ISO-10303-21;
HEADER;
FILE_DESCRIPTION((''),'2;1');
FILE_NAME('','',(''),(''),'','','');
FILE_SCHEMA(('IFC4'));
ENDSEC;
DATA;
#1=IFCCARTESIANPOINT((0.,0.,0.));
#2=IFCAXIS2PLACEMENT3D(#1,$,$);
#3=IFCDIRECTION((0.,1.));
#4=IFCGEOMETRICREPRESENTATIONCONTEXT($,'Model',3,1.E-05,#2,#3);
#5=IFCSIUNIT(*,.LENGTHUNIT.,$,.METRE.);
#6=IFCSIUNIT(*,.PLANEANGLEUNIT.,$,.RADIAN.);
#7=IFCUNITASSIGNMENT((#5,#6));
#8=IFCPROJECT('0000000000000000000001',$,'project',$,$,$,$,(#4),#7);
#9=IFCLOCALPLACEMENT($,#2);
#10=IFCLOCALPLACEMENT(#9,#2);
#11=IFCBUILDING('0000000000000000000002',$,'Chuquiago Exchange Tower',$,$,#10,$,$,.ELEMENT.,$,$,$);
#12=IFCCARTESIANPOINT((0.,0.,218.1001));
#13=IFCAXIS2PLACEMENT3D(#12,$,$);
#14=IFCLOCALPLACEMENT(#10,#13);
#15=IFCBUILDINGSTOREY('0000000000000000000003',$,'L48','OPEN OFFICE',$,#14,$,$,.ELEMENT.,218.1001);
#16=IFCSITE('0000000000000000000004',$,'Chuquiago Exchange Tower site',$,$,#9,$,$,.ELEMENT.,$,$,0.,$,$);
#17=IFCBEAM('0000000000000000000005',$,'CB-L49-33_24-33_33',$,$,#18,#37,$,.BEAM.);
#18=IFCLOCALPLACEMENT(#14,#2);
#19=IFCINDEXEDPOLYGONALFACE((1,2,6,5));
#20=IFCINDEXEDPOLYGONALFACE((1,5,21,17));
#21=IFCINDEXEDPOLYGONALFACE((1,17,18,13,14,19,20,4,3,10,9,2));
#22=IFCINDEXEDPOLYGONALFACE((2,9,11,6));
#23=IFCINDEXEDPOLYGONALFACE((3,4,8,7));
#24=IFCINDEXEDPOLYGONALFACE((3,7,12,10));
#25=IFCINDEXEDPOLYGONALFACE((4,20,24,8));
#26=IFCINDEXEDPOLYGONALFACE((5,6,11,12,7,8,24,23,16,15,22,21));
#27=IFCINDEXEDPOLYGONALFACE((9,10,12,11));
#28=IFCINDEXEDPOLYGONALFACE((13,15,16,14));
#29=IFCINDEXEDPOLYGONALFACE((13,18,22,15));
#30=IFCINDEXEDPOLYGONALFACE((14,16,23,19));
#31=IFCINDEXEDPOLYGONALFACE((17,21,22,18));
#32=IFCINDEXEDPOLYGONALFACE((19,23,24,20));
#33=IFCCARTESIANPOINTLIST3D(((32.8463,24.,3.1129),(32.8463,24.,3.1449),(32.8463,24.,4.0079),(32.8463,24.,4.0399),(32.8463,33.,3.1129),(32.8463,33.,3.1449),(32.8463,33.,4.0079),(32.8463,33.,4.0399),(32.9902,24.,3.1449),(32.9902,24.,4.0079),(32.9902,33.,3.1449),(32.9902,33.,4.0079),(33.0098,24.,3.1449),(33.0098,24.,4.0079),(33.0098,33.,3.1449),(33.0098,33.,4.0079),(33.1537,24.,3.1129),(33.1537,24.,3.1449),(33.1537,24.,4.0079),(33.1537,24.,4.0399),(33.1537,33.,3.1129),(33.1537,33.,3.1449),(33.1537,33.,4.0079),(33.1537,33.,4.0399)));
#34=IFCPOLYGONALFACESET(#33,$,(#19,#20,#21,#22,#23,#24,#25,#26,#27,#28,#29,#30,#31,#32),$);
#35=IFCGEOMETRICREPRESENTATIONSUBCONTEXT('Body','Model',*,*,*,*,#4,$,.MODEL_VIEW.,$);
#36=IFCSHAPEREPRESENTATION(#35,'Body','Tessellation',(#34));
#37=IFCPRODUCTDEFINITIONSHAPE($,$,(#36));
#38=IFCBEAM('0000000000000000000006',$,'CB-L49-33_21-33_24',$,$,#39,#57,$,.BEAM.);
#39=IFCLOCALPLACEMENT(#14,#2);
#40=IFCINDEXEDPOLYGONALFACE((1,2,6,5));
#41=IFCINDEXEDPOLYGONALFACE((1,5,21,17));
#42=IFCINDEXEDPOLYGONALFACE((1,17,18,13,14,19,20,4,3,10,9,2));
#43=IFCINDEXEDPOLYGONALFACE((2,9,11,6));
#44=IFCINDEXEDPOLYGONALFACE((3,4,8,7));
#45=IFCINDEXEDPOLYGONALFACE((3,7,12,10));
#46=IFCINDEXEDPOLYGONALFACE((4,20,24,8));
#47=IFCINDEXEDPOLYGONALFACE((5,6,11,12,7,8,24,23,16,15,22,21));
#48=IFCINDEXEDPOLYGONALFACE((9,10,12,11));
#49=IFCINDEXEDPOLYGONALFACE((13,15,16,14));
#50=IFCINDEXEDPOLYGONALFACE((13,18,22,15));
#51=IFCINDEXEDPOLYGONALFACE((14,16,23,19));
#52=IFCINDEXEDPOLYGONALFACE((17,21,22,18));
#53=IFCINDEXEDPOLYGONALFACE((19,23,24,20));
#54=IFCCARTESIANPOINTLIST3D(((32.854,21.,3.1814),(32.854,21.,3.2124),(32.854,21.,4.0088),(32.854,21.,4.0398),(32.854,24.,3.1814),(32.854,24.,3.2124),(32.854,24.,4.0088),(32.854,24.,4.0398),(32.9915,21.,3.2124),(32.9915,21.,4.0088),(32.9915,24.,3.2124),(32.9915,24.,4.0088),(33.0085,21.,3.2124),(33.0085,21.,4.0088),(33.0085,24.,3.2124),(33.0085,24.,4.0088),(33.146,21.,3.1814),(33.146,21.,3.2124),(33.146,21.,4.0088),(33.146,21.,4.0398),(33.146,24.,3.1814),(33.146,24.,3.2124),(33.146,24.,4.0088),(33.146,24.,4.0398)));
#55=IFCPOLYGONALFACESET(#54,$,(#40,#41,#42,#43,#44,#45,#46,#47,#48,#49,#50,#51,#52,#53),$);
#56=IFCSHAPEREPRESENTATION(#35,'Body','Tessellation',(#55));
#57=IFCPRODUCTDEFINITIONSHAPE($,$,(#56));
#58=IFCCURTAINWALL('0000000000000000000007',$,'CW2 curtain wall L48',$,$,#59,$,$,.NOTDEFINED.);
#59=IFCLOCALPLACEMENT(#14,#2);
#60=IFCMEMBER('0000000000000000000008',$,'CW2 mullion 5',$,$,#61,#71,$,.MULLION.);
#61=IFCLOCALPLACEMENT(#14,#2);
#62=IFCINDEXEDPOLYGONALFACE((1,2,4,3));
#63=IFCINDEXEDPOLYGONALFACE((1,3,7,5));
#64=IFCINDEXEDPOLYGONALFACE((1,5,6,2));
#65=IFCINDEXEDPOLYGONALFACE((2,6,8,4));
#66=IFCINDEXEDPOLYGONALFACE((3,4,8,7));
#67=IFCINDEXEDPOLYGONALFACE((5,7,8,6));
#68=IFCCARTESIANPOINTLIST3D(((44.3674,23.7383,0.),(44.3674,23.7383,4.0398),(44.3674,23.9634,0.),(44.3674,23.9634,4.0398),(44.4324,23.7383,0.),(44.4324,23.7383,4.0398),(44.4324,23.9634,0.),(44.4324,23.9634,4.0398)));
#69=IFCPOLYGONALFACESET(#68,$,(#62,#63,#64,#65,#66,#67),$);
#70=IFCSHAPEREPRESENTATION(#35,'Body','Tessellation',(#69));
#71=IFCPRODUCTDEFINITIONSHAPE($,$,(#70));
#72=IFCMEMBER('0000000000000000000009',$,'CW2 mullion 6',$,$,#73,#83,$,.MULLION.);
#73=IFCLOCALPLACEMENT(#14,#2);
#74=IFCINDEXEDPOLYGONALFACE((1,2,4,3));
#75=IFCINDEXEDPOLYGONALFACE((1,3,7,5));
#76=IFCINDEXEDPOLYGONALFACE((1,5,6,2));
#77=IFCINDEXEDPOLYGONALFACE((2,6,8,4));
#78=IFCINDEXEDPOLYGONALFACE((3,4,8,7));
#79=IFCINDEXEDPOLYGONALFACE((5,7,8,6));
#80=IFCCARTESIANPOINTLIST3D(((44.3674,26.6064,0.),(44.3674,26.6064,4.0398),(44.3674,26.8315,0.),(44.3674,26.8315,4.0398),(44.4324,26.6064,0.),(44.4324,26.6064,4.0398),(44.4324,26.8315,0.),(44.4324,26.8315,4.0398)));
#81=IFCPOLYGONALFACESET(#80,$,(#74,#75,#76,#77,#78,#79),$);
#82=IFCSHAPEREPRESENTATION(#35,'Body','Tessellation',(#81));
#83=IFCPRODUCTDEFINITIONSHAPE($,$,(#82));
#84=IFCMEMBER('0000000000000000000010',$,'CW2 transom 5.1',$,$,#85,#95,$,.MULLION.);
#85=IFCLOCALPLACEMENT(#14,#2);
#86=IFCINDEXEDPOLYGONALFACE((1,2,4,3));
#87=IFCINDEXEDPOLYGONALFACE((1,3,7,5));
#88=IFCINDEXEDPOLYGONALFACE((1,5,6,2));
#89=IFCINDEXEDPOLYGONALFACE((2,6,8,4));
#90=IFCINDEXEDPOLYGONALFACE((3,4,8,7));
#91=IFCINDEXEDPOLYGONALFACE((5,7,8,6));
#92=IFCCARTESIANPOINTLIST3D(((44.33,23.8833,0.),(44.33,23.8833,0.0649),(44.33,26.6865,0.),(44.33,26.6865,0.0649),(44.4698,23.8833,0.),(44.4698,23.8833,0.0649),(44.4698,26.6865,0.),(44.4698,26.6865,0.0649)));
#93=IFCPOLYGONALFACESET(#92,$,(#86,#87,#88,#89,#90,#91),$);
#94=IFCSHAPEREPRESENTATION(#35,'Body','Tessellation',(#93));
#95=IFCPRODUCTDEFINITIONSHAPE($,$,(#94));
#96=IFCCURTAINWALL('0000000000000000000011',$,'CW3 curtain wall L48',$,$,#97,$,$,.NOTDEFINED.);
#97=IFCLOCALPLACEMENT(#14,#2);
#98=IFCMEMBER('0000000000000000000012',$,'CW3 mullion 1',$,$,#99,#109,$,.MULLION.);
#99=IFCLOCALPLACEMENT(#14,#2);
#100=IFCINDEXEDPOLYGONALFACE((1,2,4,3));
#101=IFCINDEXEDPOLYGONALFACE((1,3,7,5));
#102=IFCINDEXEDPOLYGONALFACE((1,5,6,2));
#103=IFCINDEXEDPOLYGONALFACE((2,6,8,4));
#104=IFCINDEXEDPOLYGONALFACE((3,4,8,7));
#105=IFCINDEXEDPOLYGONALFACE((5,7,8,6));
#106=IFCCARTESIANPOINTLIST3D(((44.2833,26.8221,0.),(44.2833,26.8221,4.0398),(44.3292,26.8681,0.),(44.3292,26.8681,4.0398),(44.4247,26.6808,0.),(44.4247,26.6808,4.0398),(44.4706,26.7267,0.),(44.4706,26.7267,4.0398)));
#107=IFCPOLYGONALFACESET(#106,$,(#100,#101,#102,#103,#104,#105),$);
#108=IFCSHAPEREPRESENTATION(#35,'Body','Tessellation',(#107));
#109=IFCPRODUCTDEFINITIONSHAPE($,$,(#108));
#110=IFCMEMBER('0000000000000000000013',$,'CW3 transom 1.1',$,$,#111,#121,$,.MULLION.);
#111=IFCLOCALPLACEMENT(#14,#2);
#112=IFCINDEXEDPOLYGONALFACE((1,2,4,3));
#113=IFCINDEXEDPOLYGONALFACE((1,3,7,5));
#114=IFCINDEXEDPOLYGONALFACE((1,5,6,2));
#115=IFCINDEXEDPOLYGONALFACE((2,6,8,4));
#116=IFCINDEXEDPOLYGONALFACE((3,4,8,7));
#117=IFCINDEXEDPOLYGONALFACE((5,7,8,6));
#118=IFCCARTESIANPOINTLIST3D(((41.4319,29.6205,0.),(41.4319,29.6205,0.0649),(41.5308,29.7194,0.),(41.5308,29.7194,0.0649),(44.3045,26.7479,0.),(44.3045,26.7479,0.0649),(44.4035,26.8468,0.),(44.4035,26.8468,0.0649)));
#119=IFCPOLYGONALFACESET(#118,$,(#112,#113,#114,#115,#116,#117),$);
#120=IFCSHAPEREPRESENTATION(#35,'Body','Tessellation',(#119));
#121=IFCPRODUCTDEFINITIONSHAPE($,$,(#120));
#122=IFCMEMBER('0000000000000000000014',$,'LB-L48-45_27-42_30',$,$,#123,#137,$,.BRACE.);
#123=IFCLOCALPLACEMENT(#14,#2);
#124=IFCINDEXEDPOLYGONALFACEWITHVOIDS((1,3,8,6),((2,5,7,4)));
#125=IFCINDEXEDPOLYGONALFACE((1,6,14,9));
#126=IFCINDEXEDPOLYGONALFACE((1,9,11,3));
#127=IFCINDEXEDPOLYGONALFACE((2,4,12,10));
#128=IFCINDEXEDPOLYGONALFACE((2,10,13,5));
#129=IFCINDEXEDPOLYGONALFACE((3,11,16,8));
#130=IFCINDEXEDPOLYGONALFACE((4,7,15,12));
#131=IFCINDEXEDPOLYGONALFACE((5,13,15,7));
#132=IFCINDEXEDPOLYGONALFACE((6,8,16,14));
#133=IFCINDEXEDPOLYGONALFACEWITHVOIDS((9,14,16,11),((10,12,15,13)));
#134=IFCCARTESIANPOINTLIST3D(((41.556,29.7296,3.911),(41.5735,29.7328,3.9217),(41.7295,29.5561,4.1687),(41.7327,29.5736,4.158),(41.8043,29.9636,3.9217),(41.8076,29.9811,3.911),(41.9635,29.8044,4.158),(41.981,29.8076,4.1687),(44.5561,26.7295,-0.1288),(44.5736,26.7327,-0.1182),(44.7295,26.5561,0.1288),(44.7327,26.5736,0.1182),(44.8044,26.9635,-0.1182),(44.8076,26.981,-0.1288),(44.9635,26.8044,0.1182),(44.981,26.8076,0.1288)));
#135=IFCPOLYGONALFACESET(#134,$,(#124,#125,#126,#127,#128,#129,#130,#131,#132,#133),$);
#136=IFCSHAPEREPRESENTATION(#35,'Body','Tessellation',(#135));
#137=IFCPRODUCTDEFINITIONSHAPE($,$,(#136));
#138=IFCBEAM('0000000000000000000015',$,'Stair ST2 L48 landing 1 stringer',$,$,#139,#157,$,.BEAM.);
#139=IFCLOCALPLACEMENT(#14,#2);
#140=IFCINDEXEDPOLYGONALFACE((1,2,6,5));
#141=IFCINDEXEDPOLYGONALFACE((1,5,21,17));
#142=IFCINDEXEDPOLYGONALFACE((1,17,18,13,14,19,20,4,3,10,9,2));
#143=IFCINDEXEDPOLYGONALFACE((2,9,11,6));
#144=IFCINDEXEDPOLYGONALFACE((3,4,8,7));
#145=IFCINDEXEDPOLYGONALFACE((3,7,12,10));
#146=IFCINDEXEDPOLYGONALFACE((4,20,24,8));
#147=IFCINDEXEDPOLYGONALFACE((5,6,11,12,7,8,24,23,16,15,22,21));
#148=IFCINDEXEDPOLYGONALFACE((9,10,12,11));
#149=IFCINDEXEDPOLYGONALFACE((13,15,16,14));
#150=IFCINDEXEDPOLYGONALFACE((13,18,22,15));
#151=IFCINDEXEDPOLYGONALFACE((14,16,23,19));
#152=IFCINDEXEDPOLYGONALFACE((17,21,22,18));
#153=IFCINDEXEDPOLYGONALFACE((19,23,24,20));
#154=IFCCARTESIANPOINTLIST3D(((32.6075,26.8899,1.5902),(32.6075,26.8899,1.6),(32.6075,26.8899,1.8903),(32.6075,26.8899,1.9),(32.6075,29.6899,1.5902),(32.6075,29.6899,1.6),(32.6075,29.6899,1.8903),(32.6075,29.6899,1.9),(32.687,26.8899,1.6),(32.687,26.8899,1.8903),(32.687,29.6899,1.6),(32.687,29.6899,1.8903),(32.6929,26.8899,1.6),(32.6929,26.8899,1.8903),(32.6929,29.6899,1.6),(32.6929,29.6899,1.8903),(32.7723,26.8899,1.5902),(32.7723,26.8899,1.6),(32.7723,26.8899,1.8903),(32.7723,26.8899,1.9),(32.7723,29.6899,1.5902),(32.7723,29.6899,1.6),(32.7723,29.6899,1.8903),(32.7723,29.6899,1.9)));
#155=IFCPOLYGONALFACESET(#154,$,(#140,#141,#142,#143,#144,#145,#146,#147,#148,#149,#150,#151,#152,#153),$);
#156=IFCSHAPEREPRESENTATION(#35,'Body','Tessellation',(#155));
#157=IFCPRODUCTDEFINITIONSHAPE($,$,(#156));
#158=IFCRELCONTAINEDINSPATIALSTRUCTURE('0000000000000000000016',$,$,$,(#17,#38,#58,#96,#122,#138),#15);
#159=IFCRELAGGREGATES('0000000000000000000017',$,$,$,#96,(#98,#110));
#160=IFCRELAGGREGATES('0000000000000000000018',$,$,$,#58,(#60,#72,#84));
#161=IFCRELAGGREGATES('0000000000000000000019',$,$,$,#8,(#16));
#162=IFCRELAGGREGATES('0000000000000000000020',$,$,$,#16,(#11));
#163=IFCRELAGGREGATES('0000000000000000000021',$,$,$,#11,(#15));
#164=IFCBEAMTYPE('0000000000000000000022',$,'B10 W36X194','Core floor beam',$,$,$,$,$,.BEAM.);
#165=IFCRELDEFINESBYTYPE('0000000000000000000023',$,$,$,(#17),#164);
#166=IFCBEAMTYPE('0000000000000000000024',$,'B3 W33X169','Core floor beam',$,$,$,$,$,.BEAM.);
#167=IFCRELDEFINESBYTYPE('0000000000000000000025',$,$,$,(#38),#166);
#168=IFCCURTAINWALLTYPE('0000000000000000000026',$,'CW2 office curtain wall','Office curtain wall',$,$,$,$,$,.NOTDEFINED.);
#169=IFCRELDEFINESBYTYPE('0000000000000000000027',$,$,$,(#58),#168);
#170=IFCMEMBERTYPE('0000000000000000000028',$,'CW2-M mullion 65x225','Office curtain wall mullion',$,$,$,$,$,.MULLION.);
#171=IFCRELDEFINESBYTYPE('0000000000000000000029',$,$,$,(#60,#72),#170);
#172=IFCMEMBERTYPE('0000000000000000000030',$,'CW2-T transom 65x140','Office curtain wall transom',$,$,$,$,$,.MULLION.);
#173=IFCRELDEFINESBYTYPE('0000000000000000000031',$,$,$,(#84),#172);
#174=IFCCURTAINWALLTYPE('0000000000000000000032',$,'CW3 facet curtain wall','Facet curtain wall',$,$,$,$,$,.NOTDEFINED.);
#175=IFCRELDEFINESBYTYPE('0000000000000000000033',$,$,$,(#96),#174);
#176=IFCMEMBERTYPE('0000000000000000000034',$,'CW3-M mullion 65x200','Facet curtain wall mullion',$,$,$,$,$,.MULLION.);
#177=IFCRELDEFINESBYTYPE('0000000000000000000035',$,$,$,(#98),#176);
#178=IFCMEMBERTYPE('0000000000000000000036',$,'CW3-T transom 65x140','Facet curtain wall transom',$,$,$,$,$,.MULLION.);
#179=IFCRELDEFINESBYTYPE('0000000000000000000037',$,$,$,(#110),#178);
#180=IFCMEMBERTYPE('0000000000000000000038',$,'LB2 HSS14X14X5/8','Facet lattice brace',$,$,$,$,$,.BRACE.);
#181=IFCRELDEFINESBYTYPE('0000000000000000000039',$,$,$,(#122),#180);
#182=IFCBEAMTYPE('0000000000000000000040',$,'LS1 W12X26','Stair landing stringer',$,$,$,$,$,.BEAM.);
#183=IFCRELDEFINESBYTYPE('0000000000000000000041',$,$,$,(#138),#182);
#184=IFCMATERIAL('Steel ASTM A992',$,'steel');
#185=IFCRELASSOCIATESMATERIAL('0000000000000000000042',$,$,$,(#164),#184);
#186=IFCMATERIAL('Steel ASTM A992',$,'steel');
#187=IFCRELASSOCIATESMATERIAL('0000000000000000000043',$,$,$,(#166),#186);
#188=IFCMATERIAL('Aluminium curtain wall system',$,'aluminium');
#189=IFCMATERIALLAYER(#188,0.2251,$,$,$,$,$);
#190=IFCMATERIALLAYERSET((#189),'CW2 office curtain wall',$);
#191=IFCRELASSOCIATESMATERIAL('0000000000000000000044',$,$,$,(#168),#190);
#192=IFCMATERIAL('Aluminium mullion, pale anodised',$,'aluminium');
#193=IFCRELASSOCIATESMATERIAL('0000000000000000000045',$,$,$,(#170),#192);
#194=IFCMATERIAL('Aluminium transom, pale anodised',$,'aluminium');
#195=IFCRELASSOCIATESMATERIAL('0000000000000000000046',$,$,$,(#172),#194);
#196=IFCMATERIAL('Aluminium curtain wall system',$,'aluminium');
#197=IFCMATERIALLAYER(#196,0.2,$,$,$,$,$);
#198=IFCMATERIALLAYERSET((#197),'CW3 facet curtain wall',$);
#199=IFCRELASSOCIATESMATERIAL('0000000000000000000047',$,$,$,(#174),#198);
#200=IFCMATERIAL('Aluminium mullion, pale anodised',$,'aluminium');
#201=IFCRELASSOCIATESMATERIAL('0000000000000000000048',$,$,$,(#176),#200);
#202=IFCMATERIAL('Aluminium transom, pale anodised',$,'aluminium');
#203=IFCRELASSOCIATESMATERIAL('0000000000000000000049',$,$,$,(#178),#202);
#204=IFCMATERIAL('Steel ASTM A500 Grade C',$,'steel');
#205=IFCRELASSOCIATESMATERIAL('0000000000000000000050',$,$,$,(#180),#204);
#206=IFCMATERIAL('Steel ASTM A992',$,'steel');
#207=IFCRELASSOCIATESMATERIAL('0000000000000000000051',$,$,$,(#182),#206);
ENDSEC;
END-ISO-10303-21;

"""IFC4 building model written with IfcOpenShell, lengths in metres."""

from ifc_helpers import new_model, si_unit, direction, frame, origin, origin_2d, place, context, subcontext, project, spatial, rectangle, hollow_rectangle, i_section, extrude, material, layer, layer_set, material_profile, profile_set, type_object, element, aggregate, save


model = new_model("IFC4")

# Units and contexts
model_context = context("Model", 3, precision=1e-05, world=origin(), true_north=direction((0.0, 1.0)))
body_context = subcontext(model_context, "Body", "Model", "MODEL_VIEW")
ifc_project = project(units=[si_unit("LENGTHUNIT", "METRE"), si_unit("PLANEANGLEUNIT", "RADIAN")], contexts=[model_context])

# Site, building, storey
site_placement = place(None, origin())
site = spatial("IfcSite", under=ifc_project, at=site_placement, Name="Chuquiago Exchange Tower site", CompositionType="ELEMENT", RefElevation=0.0)
building_placement = place(site_placement, origin())
building = spatial("IfcBuilding", under=site, at=building_placement, Name="Chuquiago Exchange Tower", CompositionType="ELEMENT")
storey_placement = place(building_placement, frame((0.0, 0.0, 218.1001)))
storey = spatial("IfcBuildingStorey", under=building, at=storey_placement, Name="L48", Description="OPEN OFFICE", CompositionType="ELEMENT", Elevation=218.1001)

# Beams
ifc_material_1 = material(Name="Steel ASTM A992", Category="steel")
ifc_material_profile_1 = material_profile(ifc_material_1, i_section(OverallWidth=0.3074, OverallDepth=0.927, WebThickness=0.0195, FlangeThickness=0.032, at=origin_2d()), Name="W36X194")
ifc_profile_set_1 = profile_set([ifc_material_profile_1], Name="Steel ASTM A992")
beam_type_1 = type_object("IfcBeamType", Name="B10 W36X194", Description="Core floor beam", PredefinedType="BEAM", material=ifc_profile_set_1)
beam_1_placement = place(storey_placement, frame((33.0, 24.0, 3.5764), z_axis=(0.0, 1.0, 0.0), x_axis=(-1.0, 0.0, 0.0)))
element("IfcBeam", 1, at=beam_1_placement, inside=storey, type_object=beam_type_1, Name="CB-L49-33_24-33_33", PredefinedType="BEAM", context=body_context, shape_type="SweptSolid", body=[
    extrude(i_section(OverallWidth=0.3074, OverallDepth=0.927, WebThickness=0.0195, FlangeThickness=0.032, at=origin_2d()), origin(), (0.0, 0.0, 1.0), 9.0),
])
ifc_material_2 = material(Name="Steel ASTM A992", Category="steel")
ifc_material_profile_2 = material_profile(ifc_material_2, i_section(OverallWidth=0.292, OverallDepth=0.8584, WebThickness=0.0171, FlangeThickness=0.031, at=origin_2d()), Name="W33X169")
ifc_profile_set_2 = profile_set([ifc_material_profile_2], Name="Steel ASTM A992")
beam_type_2 = type_object("IfcBeamType", Name="B3 W33X169", Description="Core floor beam", PredefinedType="BEAM", material=ifc_profile_set_2)
beam_2_placement = place(storey_placement, frame((33.0, 21.0, 3.6106), z_axis=(0.0, 1.0, 0.0), x_axis=(-1.0, 0.0, 0.0)))
element("IfcBeam", 2, at=beam_2_placement, inside=storey, type_object=beam_type_2, Name="CB-L49-33_21-33_24", PredefinedType="BEAM", context=body_context, shape_type="SweptSolid", body=[
    extrude(i_section(OverallWidth=0.292, OverallDepth=0.8584, WebThickness=0.0171, FlangeThickness=0.031, at=origin_2d()), origin(), (0.0, 0.0, 1.0), 3.0),
])

# Curtain walls, members
ifc_material_3 = material(Name="Aluminium curtain wall system", Category="aluminium")
ifc_layer_1 = layer(ifc_material_3, 0.2251)
ifc_layer_set_1 = layer_set([ifc_layer_1], Name="CW2 office curtain wall")
curtain_wall_type_1 = type_object("IfcCurtainWallType", Name="CW2 office curtain wall", Description="Office curtain wall", PredefinedType="NOTDEFINED", material=ifc_layer_set_1)
curtain_wall_1_placement = place(storey_placement, origin())
curtain_wall_1 = element("IfcCurtainWall", 3, at=curtain_wall_1_placement, inside=storey, type_object=curtain_wall_type_1, Name="CW2 curtain wall L48", PredefinedType="NOTDEFINED")
ifc_material_4 = material(Name="Aluminium mullion, pale anodised", Category="aluminium")
ifc_material_profile_3 = material_profile(ifc_material_4, rectangle(XDim=0.0649, YDim=0.2251, at=origin_2d()), Name="AL 65x225")
ifc_profile_set_3 = profile_set([ifc_material_profile_3], Name="Aluminium mullion, pale anodised")
member_type_1 = type_object("IfcMemberType", Name="CW2-M mullion 65x225", Description="Office curtain wall mullion", PredefinedType="MULLION", material=ifc_profile_set_3)
member_1_placement = place(storey_placement, frame((44.3999, 23.8508, 0.0), z_axis=(0.0, 0.0, 1.0), x_axis=(-1.0, 0.0, 0.0)))
member_1 = element("IfcMember", 4, at=member_1_placement, type_object=member_type_1, Name="CW2 mullion 5", PredefinedType="MULLION", context=body_context, shape_type="SweptSolid", body=[
    extrude(rectangle(XDim=0.0649, YDim=0.2251, at=origin_2d()), origin(), (0.0, 0.0, 1.0), 4.0398),
])
member_2_placement = place(storey_placement, frame((44.3999, 26.719, 0.0), z_axis=(0.0, 0.0, 1.0), x_axis=(-1.0, 0.0, 0.0)))
member_2 = element("IfcMember", 5, at=member_2_placement, type_object=member_type_1, Name="CW2 mullion 6", PredefinedType="MULLION", context=body_context, shape_type="SweptSolid", body=[
    extrude(rectangle(XDim=0.0649, YDim=0.2251, at=origin_2d()), origin(), (0.0, 0.0, 1.0), 4.0398),
])
ifc_material_5 = material(Name="Aluminium transom, pale anodised", Category="aluminium")
ifc_material_profile_4 = material_profile(ifc_material_5, rectangle(XDim=0.1399, YDim=0.0649, at=origin_2d()), Name="AL 140x65")
ifc_profile_set_4 = profile_set([ifc_material_profile_4], Name="Aluminium transom, pale anodised")
member_type_2 = type_object("IfcMemberType", Name="CW2-T transom 65x140", Description="Office curtain wall transom", PredefinedType="MULLION", material=ifc_profile_set_4)
member_3_placement = place(storey_placement, frame((44.3999, 23.8833, 0.0325), z_axis=(0.0, 1.0, 0.0), x_axis=(-1.0, 0.0, 0.0)))
member_3 = element("IfcMember", 6, at=member_3_placement, type_object=member_type_2, Name="CW2 transom 5.1", PredefinedType="MULLION", context=body_context, shape_type="SweptSolid", body=[
    extrude(rectangle(XDim=0.1399, YDim=0.0649, at=origin_2d()), origin(), (0.0, 0.0, 1.0), 2.8032),
])
ifc_material_6 = material(Name="Aluminium curtain wall system", Category="aluminium")
ifc_layer_2 = layer(ifc_material_6, 0.2)
ifc_layer_set_2 = layer_set([ifc_layer_2], Name="CW3 facet curtain wall")
curtain_wall_type_2 = type_object("IfcCurtainWallType", Name="CW3 facet curtain wall", Description="Facet curtain wall", PredefinedType="NOTDEFINED", material=ifc_layer_set_2)
curtain_wall_2_placement = place(storey_placement, origin())
curtain_wall_2 = element("IfcCurtainWall", 7, at=curtain_wall_2_placement, inside=storey, type_object=curtain_wall_type_2, Name="CW3 curtain wall L48", PredefinedType="NOTDEFINED")
ifc_material_7 = material(Name="Aluminium mullion, pale anodised", Category="aluminium")
ifc_material_profile_5 = material_profile(ifc_material_7, rectangle(XDim=0.0649, YDim=0.2, at=origin_2d()), Name="AL 65x200")
ifc_profile_set_5 = profile_set([ifc_material_profile_5], Name="Aluminium mullion, pale anodised")
member_type_3 = type_object("IfcMemberType", Name="CW3-M mullion 65x200", Description="Facet curtain wall mullion", PredefinedType="MULLION", material=ifc_profile_set_5)
member_4_placement = place(storey_placement, frame((44.377, 26.7744, 0.0), z_axis=(0.0, 0.0, 1.0), x_axis=(-0.707107, -0.707107, 0.0)))
member_4 = element("IfcMember", 8, at=member_4_placement, type_object=member_type_3, Name="CW3 mullion 1", PredefinedType="MULLION", context=body_context, shape_type="SweptSolid", body=[
    extrude(rectangle(XDim=0.0649, YDim=0.2, at=origin_2d()), origin(), (0.0, 0.0, 1.0), 4.0398),
])
ifc_material_8 = material(Name="Aluminium transom, pale anodised", Category="aluminium")
ifc_material_profile_6 = material_profile(ifc_material_8, rectangle(XDim=0.1399, YDim=0.0649, at=origin_2d()), Name="AL 140x65")
ifc_profile_set_6 = profile_set([ifc_material_profile_6], Name="Aluminium transom, pale anodised")
member_type_4 = type_object("IfcMemberType", Name="CW3-T transom 65x140", Description="Facet curtain wall transom", PredefinedType="MULLION", material=ifc_profile_set_6)
member_5_placement = place(storey_placement, frame((44.354, 26.7974, 0.0325), z_axis=(-0.707107, 0.707107, 0.0), x_axis=(-0.707107, -0.707107, 0.0)))
member_5 = element("IfcMember", 9, at=member_5_placement, type_object=member_type_4, Name="CW3 transom 1.1", PredefinedType="MULLION", context=body_context, shape_type="SweptSolid", body=[
    extrude(rectangle(XDim=0.1399, YDim=0.0649, at=origin_2d()), origin(), (0.0, 0.0, 1.0), 4.0625),
])
aggregate(curtain_wall_2, [member_4, member_5])

# Member
ifc_material_9 = material(Name="Steel ASTM A500 Grade C", Category="steel")
ifc_material_profile_7 = material_profile(ifc_material_9, hollow_rectangle(XDim=0.3557, YDim=0.3557, WallThickness=0.0146, at=origin_2d()), Name="HSS14X14X5/8")
ifc_profile_set_7 = profile_set([ifc_material_profile_7], Name="Steel ASTM A500 Grade C")
member_type_5 = type_object("IfcMemberType", Name="LB2 HSS14X14X5/8", Description="Facet lattice brace", PredefinedType="BRACE", material=ifc_profile_set_7)
member_6_placement = place(storey_placement, frame((44.7686, 26.7686, 0.0), z_axis=(-0.512092, 0.512092, 0.689582), x_axis=(-0.707107, -0.707107, 0.0)))
element("IfcMember", 10, at=member_6_placement, inside=storey, type_object=member_type_5, Name="LB-L48-45_27-42_30", PredefinedType="BRACE", context=body_context, shape_type="SweptSolid", body=[
    extrude(hollow_rectangle(XDim=0.3557, YDim=0.3557, WallThickness=0.0146, at=origin_2d()), origin(), (0.0, 0.0, 1.0), 5.8584),
])

# Beam
ifc_material_10 = material(Name="Steel ASTM A992", Category="steel")
ifc_material_profile_8 = material_profile(ifc_material_10, i_section(OverallWidth=0.1648, OverallDepth=0.3098, WebThickness=0.0059, FlangeThickness=0.0098, at=origin_2d()), Name="W12X26")
ifc_profile_set_8 = profile_set([ifc_material_profile_8], Name="Steel ASTM A992")
beam_type_3 = type_object("IfcBeamType", Name="LS1 W12X26", Description="Stair landing stringer", PredefinedType="BEAM", material=ifc_profile_set_8)
beam_3_placement = place(storey_placement, frame((32.6899, 26.8899, 1.7451), z_axis=(0.0, 1.0, 0.0), x_axis=(-1.0, 0.0, 0.0)))
element("IfcBeam", 11, at=beam_3_placement, inside=storey, type_object=beam_type_3, Name="Stair ST2 L48 landing 1 stringer", PredefinedType="BEAM", context=body_context, shape_type="SweptSolid", body=[
    extrude(i_section(OverallWidth=0.1648, OverallDepth=0.3098, WebThickness=0.0059, FlangeThickness=0.0098, at=origin_2d()), origin(), (0.0, 0.0, 1.0), 2.8),
])

aggregate(curtain_wall_1, [member_1, member_2, member_3])

save(model, "model.ifc")
